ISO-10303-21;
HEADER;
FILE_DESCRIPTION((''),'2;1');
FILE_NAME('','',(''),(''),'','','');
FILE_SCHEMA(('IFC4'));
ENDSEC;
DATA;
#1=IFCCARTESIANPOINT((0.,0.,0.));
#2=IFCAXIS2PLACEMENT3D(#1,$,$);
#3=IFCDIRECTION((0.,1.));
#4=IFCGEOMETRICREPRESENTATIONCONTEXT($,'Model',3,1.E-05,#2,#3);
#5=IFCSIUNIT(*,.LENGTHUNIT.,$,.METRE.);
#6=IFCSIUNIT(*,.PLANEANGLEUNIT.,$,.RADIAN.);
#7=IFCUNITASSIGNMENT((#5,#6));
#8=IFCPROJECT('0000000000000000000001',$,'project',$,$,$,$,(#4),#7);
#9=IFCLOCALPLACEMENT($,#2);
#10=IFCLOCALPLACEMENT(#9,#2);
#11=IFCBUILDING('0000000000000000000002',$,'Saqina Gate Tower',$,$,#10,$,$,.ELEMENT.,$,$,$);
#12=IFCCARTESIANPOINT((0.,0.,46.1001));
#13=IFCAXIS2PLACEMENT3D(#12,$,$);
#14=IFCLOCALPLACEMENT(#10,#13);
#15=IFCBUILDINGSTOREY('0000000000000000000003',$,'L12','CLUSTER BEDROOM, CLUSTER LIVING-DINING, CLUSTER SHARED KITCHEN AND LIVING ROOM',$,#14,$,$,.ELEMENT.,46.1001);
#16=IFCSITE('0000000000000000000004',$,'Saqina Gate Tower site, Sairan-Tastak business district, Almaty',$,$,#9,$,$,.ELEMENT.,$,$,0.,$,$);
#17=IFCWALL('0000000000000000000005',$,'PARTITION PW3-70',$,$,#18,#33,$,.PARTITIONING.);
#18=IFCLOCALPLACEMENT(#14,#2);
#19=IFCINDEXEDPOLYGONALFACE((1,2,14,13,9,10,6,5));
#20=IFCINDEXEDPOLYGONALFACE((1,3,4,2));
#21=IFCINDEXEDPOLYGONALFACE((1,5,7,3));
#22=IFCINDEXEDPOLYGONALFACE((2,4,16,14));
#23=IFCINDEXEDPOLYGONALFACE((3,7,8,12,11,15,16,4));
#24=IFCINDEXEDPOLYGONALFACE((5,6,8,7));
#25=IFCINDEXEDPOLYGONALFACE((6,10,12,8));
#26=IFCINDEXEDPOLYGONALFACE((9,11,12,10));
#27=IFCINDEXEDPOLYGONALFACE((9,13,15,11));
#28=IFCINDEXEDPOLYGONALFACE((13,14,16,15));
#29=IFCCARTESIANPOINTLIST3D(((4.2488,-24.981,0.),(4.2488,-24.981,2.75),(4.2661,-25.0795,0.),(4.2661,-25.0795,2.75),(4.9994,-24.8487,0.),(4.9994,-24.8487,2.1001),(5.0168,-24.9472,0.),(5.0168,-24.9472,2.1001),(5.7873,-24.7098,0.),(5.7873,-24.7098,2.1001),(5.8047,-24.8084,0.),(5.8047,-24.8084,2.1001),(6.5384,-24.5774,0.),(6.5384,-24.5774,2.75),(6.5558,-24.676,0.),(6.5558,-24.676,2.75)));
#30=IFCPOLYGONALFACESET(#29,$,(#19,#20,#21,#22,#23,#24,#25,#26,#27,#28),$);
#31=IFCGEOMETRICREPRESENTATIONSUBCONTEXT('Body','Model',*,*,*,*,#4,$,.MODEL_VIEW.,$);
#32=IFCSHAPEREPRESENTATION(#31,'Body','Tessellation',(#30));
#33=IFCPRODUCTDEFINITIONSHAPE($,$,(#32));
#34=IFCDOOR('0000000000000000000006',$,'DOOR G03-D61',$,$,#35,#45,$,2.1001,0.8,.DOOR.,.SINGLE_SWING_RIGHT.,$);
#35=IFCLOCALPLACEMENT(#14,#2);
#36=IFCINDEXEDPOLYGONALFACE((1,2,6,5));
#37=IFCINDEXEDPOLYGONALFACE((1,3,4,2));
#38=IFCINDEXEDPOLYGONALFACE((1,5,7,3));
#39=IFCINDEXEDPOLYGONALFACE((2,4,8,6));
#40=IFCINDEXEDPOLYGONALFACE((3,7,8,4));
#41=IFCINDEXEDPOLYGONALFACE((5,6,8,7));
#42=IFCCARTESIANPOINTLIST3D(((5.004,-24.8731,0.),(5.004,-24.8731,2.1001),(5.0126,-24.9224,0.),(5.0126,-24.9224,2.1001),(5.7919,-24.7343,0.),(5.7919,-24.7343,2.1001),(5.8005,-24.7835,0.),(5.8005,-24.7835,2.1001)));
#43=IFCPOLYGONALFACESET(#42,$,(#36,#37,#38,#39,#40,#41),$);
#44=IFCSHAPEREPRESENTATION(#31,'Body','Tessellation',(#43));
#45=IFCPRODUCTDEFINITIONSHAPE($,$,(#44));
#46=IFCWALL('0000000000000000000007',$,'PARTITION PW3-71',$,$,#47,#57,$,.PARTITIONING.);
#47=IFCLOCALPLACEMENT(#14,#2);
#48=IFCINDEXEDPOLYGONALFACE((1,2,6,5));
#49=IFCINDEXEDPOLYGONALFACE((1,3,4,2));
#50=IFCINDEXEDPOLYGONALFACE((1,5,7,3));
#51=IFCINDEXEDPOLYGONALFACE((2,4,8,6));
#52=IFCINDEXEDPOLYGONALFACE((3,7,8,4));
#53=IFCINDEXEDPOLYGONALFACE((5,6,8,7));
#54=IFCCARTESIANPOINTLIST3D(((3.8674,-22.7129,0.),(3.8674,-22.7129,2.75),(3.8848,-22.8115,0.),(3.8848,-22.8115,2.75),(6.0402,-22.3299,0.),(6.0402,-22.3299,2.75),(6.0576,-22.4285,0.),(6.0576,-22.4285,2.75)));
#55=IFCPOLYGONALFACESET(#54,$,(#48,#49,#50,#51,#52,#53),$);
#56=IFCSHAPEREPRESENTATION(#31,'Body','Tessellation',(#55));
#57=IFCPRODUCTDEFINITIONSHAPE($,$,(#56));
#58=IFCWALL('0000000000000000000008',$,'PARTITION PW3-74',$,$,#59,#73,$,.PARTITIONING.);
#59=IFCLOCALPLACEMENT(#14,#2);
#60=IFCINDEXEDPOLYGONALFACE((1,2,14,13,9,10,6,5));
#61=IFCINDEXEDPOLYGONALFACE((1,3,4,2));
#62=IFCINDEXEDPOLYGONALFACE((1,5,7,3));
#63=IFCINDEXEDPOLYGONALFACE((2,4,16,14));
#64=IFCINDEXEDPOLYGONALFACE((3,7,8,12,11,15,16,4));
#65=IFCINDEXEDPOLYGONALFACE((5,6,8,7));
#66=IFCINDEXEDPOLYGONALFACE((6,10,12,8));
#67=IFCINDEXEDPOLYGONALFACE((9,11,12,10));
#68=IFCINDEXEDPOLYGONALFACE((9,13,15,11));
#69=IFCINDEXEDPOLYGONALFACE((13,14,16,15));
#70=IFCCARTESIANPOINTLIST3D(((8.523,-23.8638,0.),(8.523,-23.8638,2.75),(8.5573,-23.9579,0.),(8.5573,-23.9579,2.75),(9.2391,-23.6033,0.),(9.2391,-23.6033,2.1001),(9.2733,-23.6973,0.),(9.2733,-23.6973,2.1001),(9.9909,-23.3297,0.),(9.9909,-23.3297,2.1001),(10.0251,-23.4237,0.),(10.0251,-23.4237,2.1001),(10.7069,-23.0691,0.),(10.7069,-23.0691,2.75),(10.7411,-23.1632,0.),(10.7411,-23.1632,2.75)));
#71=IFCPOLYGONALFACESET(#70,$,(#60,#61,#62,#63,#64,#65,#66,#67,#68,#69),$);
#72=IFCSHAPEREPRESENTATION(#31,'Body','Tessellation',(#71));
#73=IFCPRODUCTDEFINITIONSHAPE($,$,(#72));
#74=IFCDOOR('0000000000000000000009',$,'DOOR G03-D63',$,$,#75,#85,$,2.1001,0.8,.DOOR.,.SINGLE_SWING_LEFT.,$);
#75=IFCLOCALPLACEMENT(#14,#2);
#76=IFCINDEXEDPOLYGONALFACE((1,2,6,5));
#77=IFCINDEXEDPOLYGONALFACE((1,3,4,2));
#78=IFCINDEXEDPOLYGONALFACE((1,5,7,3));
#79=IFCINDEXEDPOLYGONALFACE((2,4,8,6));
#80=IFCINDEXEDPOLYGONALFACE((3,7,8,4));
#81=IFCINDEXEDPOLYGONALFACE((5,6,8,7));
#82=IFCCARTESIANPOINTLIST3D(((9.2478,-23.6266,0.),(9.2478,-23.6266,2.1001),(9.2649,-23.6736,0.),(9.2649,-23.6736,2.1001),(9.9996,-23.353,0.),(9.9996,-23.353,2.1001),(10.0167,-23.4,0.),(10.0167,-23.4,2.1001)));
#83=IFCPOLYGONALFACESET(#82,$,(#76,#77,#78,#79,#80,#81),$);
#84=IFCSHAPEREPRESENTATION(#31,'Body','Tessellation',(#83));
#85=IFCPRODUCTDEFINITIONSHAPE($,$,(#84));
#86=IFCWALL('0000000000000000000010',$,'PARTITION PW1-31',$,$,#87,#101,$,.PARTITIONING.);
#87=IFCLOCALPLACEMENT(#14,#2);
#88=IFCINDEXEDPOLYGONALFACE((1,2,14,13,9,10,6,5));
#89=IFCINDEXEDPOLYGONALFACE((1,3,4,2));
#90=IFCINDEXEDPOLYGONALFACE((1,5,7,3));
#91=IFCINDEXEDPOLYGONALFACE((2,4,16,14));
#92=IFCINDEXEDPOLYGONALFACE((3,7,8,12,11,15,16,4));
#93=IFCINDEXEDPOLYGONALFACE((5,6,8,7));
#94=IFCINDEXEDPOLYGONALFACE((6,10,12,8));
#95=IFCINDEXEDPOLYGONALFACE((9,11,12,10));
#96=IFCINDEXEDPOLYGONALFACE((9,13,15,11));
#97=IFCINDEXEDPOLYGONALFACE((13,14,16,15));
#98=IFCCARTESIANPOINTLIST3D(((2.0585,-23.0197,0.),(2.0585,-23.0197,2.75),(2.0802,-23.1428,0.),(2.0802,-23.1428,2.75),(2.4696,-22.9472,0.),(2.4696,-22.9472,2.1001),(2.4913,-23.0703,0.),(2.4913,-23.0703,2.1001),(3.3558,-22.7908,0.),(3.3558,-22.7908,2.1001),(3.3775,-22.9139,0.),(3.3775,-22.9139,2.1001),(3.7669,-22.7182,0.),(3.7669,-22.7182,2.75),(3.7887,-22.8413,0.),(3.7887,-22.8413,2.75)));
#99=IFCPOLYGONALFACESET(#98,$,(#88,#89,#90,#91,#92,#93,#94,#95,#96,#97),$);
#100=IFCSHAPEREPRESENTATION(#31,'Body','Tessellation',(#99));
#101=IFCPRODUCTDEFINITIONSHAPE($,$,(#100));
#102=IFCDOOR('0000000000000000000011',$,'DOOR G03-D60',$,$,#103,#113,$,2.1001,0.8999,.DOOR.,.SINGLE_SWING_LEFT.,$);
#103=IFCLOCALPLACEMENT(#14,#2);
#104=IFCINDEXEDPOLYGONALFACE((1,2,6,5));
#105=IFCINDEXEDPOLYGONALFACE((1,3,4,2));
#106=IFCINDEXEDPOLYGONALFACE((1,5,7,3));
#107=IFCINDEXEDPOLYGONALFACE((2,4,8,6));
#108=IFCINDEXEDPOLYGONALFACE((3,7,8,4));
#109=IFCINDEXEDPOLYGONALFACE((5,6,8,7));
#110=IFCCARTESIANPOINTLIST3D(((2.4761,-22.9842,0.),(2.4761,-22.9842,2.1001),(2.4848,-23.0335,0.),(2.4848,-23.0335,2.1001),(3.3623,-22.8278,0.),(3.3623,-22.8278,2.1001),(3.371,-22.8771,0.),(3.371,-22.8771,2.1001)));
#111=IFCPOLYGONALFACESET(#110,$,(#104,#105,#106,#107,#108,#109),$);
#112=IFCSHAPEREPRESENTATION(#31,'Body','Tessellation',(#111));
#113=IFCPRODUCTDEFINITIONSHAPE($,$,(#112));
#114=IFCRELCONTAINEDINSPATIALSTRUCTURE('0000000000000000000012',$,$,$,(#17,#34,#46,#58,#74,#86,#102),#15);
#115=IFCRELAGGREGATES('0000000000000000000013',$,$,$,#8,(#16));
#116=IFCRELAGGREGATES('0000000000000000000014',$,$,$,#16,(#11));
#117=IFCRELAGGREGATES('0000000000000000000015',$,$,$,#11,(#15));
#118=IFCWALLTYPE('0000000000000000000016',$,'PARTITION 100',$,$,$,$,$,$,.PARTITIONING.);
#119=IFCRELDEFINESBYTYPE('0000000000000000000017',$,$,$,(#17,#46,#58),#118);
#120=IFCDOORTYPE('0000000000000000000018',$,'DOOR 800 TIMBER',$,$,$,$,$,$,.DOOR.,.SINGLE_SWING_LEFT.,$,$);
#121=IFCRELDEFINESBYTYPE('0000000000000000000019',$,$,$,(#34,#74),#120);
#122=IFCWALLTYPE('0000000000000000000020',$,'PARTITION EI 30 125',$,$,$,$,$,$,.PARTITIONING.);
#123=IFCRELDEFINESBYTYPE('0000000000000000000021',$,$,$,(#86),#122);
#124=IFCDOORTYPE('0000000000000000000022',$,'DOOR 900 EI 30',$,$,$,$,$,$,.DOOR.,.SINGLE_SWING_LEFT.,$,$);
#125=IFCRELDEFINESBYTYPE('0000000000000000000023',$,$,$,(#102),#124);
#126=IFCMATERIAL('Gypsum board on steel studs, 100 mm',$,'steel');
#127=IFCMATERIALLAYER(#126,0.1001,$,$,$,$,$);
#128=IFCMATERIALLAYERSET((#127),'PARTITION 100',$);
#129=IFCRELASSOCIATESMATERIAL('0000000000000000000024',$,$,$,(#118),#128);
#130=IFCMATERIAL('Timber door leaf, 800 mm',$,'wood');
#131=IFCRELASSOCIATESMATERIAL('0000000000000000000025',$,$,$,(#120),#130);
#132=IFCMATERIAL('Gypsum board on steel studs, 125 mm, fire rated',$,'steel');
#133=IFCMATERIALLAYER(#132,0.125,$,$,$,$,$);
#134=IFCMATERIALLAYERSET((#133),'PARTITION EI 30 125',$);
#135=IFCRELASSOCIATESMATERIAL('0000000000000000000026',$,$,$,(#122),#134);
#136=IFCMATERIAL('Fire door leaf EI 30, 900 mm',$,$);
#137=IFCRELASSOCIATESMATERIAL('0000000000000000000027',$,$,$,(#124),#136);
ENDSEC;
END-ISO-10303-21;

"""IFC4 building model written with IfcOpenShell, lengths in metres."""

from ifc_helpers import new_model, si_unit, direction, frame, frame_2d, origin, place, context, subcontext, project, spatial, rectangle, extrude, material, layer, layer_set, type_object, element, fill, save


model = new_model("IFC4")

# Units and contexts
model_context = context("Model", 3, precision=1e-05, world=origin(), true_north=direction((0.0, 1.0)))
body_context = subcontext(model_context, "Body", "Model", "MODEL_VIEW")
ifc_project = project(units=[si_unit("LENGTHUNIT", "METRE"), si_unit("PLANEANGLEUNIT", "RADIAN")], contexts=[model_context])

# Site, building, storey
site_placement = place(None, origin())
site = spatial("IfcSite", under=ifc_project, at=site_placement, Name="Saqina Gate Tower site, Sairan-Tastak business district, Almaty", CompositionType="ELEMENT", RefElevation=0.0)
building_placement = place(site_placement, origin())
building = spatial("IfcBuilding", under=site, at=building_placement, Name="Saqina Gate Tower", CompositionType="ELEMENT")
storey_placement = place(building_placement, frame((0.0, 0.0, 46.1001)))
storey = spatial("IfcBuildingStorey", under=building, at=storey_placement, Name="L12", Description="CLUSTER BEDROOM, CLUSTER LIVING-DINING, CLUSTER SHARED KITCHEN AND LIVING ROOM", CompositionType="ELEMENT", Elevation=46.1001)

# Shared definitions
ifc_material_1 = material(Name="Gypsum board on steel studs, 100 mm", Category="steel")
ifc_layer_1 = layer(ifc_material_1, 0.1001)
ifc_layer_set_1 = layer_set([ifc_layer_1], Name="PARTITION 100")
wall_type_1 = type_object("IfcWallType", Name="PARTITION 100", PredefinedType="PARTITIONING", material=ifc_layer_set_1)

# Wall, opening, door
wall_1_placement = place(storey_placement, frame((4.2573, -25.0303, 0.0), z_axis=(0.0, 0.0, 1.0), x_axis=(0.984818, 0.173588, 0.0)))
wall_1 = element("IfcWall", 1, at=wall_1_placement, inside=storey, type_object=wall_type_1, Name="PARTITION PW3-70", PredefinedType="PARTITIONING", context=body_context, shape_type="SweptSolid", body=[
    extrude(rectangle(XDim=2.325, YDim=0.1001, at=frame_2d((1.1626, 0.0))), origin(), (0.0, 0.0, 1.0), 2.75),
])
opening_1_placement = place(wall_1_placement, frame((0.7625, 0.0, 0.0)))
opening_1 = element("IfcOpeningElement", 2, at=opening_1_placement, cuts=wall_1, PredefinedType="OPENING", context=body_context, shape_type="SweptSolid", body=[
    extrude(rectangle(XDim=0.8, YDim=2.1001, at=frame_2d((0.3999, 1.05))), frame((0.0, 0.062, 0.0), z_axis=(0.0, -1.0, 0.0), x_axis=(1.0, 0.0, 0.0)), (0.0, 0.0, 1.0), 0.124),
])
ifc_material_2 = material(Name="Timber door leaf, 800 mm", Category="wood")
door_type_1 = type_object("IfcDoorType", Name="DOOR 800 TIMBER", OperationType="SINGLE_SWING_LEFT", PredefinedType="DOOR", material=ifc_material_2)
door_1_placement = place(opening_1_placement, frame((0.8, 0.0, 0.0), z_axis=(0.0, 0.0, 1.0), x_axis=(-1.0, 0.0, 0.0)))
door_1 = element("IfcDoor", 3, at=door_1_placement, inside=storey, type_object=door_type_1, Name="DOOR G03-D61", OperationType="SINGLE_SWING_RIGHT", OverallHeight=2.1001, OverallWidth=0.8, PredefinedType="DOOR", context=body_context, shape_type="SweptSolid", body=[
    extrude(rectangle(XDim=0.8, YDim=2.1001, at=frame_2d((0.3999, 1.05))), frame((0.0, 0.0249, 0.0), z_axis=(0.0, -1.0, 0.0), x_axis=(1.0, 0.0, 0.0)), (0.0, 0.0, 1.0), 0.05),
])
fill(opening_1, door_1)

# Wall
wall_2_placement = place(storey_placement, frame((3.8762, -22.7622, 0.0), z_axis=(0.0, 0.0, 1.0), x_axis=(0.984814, 0.173615, 0.0)))
element("IfcWall", 4, at=wall_2_placement, inside=storey, type_object=wall_type_1, Name="PARTITION PW3-71", PredefinedType="PARTITIONING", context=body_context, shape_type="SweptSolid", body=[
    extrude(rectangle(XDim=2.2063, YDim=0.1001, at=frame_2d((1.103, 0.0))), origin(), (0.0, 0.0, 1.0), 2.75),
])

# Walls, openings, doors
wall_3_placement = place(storey_placement, frame((8.54, -23.9109, 0.0), z_axis=(0.0, 0.0, 1.0), x_axis=(0.939717, 0.341954, 0.0)))
wall_3 = element("IfcWall", 5, at=wall_3_placement, inside=storey, type_object=wall_type_1, Name="PARTITION PW3-74", PredefinedType="PARTITIONING", context=body_context, shape_type="SweptSolid", body=[
    extrude(rectangle(XDim=2.324, YDim=0.1001, at=frame_2d((1.1621, 0.0))), origin(), (0.0, 0.0, 1.0), 2.75),
])
opening_2_placement = place(wall_3_placement, frame((0.7622, 0.0, 0.0)))
opening_2 = element("IfcOpeningElement", 6, at=opening_2_placement, cuts=wall_3, PredefinedType="OPENING", context=body_context, shape_type="SweptSolid", body=[
    extrude(rectangle(XDim=0.8, YDim=2.1001, at=frame_2d((0.3999, 1.05))), frame((0.0, 0.062, 0.0), z_axis=(0.0, -1.0, 0.0), x_axis=(1.0, 0.0, 0.0)), (0.0, 0.0, 1.0), 0.124),
])
door_2_placement = place(opening_2_placement, frame((0.8, 0.0, 0.0), z_axis=(0.0, 0.0, 1.0), x_axis=(-1.0, 0.0, 0.0)))
door_2 = element("IfcDoor", 7, at=door_2_placement, inside=storey, type_object=door_type_1, Name="DOOR G03-D63", OperationType="SINGLE_SWING_LEFT", OverallHeight=2.1001, OverallWidth=0.8, PredefinedType="DOOR", context=body_context, shape_type="SweptSolid", body=[
    extrude(rectangle(XDim=0.8, YDim=2.1001, at=frame_2d((0.3999, 1.05))), frame((0.0, 0.0249, 0.0), z_axis=(0.0, -1.0, 0.0), x_axis=(1.0, 0.0, 0.0)), (0.0, 0.0, 1.0), 0.05),
])
fill(opening_2, door_2)
ifc_material_3 = material(Name="Gypsum board on steel studs, 125 mm, fire rated", Category="steel")
ifc_layer_2 = layer(ifc_material_3, 0.125)
ifc_layer_set_2 = layer_set([ifc_layer_2], Name="PARTITION EI 30 125")
wall_type_2 = type_object("IfcWallType", Name="PARTITION EI 30 125", PredefinedType="PARTITIONING", material=ifc_layer_set_2)
wall_4_placement = place(storey_placement, frame((2.0693, -23.0813, 0.0), z_axis=(0.0, 0.0, 1.0), x_axis=(0.984782, 0.173793, 0.0)))
wall_4 = element("IfcWall", 8, at=wall_4_placement, inside=storey, type_object=wall_type_2, Name="PARTITION PW1-31", PredefinedType="PARTITIONING", context=body_context, shape_type="SweptSolid", body=[
    extrude(rectangle(XDim=1.7349, YDim=0.125, at=frame_2d((0.8674, 0.0))), origin(), (0.0, 0.0, 1.0), 2.75),
])
opening_3_placement = place(wall_4_placement, frame((0.4175, 0.0, 0.0)))
opening_3 = element("IfcOpeningElement", 9, at=opening_3_placement, cuts=wall_4, PredefinedType="OPENING", context=body_context, shape_type="SweptSolid", body=[
    extrude(rectangle(XDim=0.8999, YDim=2.1001, at=frame_2d((0.45, 1.05))), frame((0.0, 0.0745, 0.0), z_axis=(0.0, -1.0, 0.0), x_axis=(1.0, 0.0, 0.0)), (0.0, 0.0, 1.0), 0.1489),
])
ifc_material_4 = material(Name="Fire door leaf EI 30, 900 mm")
door_type_2 = type_object("IfcDoorType", Name="DOOR 900 EI 30", OperationType="SINGLE_SWING_LEFT", PredefinedType="DOOR", material=ifc_material_4)
door_3_placement = place(opening_3_placement, origin())
door_3 = element("IfcDoor", 10, at=door_3_placement, inside=storey, type_object=door_type_2, Name="DOOR G03-D60", OperationType="SINGLE_SWING_LEFT", OverallHeight=2.1001, OverallWidth=0.8999, PredefinedType="DOOR", context=body_context, shape_type="SweptSolid", body=[
    extrude(rectangle(XDim=0.8999, YDim=2.1001, at=frame_2d((0.45, 1.05))), frame((0.0, 0.0249, 0.0), z_axis=(0.0, -1.0, 0.0), x_axis=(1.0, 0.0, 0.0)), (0.0, 0.0, 1.0), 0.05),
])
fill(opening_3, door_3)

save(model, "model.ifc")
